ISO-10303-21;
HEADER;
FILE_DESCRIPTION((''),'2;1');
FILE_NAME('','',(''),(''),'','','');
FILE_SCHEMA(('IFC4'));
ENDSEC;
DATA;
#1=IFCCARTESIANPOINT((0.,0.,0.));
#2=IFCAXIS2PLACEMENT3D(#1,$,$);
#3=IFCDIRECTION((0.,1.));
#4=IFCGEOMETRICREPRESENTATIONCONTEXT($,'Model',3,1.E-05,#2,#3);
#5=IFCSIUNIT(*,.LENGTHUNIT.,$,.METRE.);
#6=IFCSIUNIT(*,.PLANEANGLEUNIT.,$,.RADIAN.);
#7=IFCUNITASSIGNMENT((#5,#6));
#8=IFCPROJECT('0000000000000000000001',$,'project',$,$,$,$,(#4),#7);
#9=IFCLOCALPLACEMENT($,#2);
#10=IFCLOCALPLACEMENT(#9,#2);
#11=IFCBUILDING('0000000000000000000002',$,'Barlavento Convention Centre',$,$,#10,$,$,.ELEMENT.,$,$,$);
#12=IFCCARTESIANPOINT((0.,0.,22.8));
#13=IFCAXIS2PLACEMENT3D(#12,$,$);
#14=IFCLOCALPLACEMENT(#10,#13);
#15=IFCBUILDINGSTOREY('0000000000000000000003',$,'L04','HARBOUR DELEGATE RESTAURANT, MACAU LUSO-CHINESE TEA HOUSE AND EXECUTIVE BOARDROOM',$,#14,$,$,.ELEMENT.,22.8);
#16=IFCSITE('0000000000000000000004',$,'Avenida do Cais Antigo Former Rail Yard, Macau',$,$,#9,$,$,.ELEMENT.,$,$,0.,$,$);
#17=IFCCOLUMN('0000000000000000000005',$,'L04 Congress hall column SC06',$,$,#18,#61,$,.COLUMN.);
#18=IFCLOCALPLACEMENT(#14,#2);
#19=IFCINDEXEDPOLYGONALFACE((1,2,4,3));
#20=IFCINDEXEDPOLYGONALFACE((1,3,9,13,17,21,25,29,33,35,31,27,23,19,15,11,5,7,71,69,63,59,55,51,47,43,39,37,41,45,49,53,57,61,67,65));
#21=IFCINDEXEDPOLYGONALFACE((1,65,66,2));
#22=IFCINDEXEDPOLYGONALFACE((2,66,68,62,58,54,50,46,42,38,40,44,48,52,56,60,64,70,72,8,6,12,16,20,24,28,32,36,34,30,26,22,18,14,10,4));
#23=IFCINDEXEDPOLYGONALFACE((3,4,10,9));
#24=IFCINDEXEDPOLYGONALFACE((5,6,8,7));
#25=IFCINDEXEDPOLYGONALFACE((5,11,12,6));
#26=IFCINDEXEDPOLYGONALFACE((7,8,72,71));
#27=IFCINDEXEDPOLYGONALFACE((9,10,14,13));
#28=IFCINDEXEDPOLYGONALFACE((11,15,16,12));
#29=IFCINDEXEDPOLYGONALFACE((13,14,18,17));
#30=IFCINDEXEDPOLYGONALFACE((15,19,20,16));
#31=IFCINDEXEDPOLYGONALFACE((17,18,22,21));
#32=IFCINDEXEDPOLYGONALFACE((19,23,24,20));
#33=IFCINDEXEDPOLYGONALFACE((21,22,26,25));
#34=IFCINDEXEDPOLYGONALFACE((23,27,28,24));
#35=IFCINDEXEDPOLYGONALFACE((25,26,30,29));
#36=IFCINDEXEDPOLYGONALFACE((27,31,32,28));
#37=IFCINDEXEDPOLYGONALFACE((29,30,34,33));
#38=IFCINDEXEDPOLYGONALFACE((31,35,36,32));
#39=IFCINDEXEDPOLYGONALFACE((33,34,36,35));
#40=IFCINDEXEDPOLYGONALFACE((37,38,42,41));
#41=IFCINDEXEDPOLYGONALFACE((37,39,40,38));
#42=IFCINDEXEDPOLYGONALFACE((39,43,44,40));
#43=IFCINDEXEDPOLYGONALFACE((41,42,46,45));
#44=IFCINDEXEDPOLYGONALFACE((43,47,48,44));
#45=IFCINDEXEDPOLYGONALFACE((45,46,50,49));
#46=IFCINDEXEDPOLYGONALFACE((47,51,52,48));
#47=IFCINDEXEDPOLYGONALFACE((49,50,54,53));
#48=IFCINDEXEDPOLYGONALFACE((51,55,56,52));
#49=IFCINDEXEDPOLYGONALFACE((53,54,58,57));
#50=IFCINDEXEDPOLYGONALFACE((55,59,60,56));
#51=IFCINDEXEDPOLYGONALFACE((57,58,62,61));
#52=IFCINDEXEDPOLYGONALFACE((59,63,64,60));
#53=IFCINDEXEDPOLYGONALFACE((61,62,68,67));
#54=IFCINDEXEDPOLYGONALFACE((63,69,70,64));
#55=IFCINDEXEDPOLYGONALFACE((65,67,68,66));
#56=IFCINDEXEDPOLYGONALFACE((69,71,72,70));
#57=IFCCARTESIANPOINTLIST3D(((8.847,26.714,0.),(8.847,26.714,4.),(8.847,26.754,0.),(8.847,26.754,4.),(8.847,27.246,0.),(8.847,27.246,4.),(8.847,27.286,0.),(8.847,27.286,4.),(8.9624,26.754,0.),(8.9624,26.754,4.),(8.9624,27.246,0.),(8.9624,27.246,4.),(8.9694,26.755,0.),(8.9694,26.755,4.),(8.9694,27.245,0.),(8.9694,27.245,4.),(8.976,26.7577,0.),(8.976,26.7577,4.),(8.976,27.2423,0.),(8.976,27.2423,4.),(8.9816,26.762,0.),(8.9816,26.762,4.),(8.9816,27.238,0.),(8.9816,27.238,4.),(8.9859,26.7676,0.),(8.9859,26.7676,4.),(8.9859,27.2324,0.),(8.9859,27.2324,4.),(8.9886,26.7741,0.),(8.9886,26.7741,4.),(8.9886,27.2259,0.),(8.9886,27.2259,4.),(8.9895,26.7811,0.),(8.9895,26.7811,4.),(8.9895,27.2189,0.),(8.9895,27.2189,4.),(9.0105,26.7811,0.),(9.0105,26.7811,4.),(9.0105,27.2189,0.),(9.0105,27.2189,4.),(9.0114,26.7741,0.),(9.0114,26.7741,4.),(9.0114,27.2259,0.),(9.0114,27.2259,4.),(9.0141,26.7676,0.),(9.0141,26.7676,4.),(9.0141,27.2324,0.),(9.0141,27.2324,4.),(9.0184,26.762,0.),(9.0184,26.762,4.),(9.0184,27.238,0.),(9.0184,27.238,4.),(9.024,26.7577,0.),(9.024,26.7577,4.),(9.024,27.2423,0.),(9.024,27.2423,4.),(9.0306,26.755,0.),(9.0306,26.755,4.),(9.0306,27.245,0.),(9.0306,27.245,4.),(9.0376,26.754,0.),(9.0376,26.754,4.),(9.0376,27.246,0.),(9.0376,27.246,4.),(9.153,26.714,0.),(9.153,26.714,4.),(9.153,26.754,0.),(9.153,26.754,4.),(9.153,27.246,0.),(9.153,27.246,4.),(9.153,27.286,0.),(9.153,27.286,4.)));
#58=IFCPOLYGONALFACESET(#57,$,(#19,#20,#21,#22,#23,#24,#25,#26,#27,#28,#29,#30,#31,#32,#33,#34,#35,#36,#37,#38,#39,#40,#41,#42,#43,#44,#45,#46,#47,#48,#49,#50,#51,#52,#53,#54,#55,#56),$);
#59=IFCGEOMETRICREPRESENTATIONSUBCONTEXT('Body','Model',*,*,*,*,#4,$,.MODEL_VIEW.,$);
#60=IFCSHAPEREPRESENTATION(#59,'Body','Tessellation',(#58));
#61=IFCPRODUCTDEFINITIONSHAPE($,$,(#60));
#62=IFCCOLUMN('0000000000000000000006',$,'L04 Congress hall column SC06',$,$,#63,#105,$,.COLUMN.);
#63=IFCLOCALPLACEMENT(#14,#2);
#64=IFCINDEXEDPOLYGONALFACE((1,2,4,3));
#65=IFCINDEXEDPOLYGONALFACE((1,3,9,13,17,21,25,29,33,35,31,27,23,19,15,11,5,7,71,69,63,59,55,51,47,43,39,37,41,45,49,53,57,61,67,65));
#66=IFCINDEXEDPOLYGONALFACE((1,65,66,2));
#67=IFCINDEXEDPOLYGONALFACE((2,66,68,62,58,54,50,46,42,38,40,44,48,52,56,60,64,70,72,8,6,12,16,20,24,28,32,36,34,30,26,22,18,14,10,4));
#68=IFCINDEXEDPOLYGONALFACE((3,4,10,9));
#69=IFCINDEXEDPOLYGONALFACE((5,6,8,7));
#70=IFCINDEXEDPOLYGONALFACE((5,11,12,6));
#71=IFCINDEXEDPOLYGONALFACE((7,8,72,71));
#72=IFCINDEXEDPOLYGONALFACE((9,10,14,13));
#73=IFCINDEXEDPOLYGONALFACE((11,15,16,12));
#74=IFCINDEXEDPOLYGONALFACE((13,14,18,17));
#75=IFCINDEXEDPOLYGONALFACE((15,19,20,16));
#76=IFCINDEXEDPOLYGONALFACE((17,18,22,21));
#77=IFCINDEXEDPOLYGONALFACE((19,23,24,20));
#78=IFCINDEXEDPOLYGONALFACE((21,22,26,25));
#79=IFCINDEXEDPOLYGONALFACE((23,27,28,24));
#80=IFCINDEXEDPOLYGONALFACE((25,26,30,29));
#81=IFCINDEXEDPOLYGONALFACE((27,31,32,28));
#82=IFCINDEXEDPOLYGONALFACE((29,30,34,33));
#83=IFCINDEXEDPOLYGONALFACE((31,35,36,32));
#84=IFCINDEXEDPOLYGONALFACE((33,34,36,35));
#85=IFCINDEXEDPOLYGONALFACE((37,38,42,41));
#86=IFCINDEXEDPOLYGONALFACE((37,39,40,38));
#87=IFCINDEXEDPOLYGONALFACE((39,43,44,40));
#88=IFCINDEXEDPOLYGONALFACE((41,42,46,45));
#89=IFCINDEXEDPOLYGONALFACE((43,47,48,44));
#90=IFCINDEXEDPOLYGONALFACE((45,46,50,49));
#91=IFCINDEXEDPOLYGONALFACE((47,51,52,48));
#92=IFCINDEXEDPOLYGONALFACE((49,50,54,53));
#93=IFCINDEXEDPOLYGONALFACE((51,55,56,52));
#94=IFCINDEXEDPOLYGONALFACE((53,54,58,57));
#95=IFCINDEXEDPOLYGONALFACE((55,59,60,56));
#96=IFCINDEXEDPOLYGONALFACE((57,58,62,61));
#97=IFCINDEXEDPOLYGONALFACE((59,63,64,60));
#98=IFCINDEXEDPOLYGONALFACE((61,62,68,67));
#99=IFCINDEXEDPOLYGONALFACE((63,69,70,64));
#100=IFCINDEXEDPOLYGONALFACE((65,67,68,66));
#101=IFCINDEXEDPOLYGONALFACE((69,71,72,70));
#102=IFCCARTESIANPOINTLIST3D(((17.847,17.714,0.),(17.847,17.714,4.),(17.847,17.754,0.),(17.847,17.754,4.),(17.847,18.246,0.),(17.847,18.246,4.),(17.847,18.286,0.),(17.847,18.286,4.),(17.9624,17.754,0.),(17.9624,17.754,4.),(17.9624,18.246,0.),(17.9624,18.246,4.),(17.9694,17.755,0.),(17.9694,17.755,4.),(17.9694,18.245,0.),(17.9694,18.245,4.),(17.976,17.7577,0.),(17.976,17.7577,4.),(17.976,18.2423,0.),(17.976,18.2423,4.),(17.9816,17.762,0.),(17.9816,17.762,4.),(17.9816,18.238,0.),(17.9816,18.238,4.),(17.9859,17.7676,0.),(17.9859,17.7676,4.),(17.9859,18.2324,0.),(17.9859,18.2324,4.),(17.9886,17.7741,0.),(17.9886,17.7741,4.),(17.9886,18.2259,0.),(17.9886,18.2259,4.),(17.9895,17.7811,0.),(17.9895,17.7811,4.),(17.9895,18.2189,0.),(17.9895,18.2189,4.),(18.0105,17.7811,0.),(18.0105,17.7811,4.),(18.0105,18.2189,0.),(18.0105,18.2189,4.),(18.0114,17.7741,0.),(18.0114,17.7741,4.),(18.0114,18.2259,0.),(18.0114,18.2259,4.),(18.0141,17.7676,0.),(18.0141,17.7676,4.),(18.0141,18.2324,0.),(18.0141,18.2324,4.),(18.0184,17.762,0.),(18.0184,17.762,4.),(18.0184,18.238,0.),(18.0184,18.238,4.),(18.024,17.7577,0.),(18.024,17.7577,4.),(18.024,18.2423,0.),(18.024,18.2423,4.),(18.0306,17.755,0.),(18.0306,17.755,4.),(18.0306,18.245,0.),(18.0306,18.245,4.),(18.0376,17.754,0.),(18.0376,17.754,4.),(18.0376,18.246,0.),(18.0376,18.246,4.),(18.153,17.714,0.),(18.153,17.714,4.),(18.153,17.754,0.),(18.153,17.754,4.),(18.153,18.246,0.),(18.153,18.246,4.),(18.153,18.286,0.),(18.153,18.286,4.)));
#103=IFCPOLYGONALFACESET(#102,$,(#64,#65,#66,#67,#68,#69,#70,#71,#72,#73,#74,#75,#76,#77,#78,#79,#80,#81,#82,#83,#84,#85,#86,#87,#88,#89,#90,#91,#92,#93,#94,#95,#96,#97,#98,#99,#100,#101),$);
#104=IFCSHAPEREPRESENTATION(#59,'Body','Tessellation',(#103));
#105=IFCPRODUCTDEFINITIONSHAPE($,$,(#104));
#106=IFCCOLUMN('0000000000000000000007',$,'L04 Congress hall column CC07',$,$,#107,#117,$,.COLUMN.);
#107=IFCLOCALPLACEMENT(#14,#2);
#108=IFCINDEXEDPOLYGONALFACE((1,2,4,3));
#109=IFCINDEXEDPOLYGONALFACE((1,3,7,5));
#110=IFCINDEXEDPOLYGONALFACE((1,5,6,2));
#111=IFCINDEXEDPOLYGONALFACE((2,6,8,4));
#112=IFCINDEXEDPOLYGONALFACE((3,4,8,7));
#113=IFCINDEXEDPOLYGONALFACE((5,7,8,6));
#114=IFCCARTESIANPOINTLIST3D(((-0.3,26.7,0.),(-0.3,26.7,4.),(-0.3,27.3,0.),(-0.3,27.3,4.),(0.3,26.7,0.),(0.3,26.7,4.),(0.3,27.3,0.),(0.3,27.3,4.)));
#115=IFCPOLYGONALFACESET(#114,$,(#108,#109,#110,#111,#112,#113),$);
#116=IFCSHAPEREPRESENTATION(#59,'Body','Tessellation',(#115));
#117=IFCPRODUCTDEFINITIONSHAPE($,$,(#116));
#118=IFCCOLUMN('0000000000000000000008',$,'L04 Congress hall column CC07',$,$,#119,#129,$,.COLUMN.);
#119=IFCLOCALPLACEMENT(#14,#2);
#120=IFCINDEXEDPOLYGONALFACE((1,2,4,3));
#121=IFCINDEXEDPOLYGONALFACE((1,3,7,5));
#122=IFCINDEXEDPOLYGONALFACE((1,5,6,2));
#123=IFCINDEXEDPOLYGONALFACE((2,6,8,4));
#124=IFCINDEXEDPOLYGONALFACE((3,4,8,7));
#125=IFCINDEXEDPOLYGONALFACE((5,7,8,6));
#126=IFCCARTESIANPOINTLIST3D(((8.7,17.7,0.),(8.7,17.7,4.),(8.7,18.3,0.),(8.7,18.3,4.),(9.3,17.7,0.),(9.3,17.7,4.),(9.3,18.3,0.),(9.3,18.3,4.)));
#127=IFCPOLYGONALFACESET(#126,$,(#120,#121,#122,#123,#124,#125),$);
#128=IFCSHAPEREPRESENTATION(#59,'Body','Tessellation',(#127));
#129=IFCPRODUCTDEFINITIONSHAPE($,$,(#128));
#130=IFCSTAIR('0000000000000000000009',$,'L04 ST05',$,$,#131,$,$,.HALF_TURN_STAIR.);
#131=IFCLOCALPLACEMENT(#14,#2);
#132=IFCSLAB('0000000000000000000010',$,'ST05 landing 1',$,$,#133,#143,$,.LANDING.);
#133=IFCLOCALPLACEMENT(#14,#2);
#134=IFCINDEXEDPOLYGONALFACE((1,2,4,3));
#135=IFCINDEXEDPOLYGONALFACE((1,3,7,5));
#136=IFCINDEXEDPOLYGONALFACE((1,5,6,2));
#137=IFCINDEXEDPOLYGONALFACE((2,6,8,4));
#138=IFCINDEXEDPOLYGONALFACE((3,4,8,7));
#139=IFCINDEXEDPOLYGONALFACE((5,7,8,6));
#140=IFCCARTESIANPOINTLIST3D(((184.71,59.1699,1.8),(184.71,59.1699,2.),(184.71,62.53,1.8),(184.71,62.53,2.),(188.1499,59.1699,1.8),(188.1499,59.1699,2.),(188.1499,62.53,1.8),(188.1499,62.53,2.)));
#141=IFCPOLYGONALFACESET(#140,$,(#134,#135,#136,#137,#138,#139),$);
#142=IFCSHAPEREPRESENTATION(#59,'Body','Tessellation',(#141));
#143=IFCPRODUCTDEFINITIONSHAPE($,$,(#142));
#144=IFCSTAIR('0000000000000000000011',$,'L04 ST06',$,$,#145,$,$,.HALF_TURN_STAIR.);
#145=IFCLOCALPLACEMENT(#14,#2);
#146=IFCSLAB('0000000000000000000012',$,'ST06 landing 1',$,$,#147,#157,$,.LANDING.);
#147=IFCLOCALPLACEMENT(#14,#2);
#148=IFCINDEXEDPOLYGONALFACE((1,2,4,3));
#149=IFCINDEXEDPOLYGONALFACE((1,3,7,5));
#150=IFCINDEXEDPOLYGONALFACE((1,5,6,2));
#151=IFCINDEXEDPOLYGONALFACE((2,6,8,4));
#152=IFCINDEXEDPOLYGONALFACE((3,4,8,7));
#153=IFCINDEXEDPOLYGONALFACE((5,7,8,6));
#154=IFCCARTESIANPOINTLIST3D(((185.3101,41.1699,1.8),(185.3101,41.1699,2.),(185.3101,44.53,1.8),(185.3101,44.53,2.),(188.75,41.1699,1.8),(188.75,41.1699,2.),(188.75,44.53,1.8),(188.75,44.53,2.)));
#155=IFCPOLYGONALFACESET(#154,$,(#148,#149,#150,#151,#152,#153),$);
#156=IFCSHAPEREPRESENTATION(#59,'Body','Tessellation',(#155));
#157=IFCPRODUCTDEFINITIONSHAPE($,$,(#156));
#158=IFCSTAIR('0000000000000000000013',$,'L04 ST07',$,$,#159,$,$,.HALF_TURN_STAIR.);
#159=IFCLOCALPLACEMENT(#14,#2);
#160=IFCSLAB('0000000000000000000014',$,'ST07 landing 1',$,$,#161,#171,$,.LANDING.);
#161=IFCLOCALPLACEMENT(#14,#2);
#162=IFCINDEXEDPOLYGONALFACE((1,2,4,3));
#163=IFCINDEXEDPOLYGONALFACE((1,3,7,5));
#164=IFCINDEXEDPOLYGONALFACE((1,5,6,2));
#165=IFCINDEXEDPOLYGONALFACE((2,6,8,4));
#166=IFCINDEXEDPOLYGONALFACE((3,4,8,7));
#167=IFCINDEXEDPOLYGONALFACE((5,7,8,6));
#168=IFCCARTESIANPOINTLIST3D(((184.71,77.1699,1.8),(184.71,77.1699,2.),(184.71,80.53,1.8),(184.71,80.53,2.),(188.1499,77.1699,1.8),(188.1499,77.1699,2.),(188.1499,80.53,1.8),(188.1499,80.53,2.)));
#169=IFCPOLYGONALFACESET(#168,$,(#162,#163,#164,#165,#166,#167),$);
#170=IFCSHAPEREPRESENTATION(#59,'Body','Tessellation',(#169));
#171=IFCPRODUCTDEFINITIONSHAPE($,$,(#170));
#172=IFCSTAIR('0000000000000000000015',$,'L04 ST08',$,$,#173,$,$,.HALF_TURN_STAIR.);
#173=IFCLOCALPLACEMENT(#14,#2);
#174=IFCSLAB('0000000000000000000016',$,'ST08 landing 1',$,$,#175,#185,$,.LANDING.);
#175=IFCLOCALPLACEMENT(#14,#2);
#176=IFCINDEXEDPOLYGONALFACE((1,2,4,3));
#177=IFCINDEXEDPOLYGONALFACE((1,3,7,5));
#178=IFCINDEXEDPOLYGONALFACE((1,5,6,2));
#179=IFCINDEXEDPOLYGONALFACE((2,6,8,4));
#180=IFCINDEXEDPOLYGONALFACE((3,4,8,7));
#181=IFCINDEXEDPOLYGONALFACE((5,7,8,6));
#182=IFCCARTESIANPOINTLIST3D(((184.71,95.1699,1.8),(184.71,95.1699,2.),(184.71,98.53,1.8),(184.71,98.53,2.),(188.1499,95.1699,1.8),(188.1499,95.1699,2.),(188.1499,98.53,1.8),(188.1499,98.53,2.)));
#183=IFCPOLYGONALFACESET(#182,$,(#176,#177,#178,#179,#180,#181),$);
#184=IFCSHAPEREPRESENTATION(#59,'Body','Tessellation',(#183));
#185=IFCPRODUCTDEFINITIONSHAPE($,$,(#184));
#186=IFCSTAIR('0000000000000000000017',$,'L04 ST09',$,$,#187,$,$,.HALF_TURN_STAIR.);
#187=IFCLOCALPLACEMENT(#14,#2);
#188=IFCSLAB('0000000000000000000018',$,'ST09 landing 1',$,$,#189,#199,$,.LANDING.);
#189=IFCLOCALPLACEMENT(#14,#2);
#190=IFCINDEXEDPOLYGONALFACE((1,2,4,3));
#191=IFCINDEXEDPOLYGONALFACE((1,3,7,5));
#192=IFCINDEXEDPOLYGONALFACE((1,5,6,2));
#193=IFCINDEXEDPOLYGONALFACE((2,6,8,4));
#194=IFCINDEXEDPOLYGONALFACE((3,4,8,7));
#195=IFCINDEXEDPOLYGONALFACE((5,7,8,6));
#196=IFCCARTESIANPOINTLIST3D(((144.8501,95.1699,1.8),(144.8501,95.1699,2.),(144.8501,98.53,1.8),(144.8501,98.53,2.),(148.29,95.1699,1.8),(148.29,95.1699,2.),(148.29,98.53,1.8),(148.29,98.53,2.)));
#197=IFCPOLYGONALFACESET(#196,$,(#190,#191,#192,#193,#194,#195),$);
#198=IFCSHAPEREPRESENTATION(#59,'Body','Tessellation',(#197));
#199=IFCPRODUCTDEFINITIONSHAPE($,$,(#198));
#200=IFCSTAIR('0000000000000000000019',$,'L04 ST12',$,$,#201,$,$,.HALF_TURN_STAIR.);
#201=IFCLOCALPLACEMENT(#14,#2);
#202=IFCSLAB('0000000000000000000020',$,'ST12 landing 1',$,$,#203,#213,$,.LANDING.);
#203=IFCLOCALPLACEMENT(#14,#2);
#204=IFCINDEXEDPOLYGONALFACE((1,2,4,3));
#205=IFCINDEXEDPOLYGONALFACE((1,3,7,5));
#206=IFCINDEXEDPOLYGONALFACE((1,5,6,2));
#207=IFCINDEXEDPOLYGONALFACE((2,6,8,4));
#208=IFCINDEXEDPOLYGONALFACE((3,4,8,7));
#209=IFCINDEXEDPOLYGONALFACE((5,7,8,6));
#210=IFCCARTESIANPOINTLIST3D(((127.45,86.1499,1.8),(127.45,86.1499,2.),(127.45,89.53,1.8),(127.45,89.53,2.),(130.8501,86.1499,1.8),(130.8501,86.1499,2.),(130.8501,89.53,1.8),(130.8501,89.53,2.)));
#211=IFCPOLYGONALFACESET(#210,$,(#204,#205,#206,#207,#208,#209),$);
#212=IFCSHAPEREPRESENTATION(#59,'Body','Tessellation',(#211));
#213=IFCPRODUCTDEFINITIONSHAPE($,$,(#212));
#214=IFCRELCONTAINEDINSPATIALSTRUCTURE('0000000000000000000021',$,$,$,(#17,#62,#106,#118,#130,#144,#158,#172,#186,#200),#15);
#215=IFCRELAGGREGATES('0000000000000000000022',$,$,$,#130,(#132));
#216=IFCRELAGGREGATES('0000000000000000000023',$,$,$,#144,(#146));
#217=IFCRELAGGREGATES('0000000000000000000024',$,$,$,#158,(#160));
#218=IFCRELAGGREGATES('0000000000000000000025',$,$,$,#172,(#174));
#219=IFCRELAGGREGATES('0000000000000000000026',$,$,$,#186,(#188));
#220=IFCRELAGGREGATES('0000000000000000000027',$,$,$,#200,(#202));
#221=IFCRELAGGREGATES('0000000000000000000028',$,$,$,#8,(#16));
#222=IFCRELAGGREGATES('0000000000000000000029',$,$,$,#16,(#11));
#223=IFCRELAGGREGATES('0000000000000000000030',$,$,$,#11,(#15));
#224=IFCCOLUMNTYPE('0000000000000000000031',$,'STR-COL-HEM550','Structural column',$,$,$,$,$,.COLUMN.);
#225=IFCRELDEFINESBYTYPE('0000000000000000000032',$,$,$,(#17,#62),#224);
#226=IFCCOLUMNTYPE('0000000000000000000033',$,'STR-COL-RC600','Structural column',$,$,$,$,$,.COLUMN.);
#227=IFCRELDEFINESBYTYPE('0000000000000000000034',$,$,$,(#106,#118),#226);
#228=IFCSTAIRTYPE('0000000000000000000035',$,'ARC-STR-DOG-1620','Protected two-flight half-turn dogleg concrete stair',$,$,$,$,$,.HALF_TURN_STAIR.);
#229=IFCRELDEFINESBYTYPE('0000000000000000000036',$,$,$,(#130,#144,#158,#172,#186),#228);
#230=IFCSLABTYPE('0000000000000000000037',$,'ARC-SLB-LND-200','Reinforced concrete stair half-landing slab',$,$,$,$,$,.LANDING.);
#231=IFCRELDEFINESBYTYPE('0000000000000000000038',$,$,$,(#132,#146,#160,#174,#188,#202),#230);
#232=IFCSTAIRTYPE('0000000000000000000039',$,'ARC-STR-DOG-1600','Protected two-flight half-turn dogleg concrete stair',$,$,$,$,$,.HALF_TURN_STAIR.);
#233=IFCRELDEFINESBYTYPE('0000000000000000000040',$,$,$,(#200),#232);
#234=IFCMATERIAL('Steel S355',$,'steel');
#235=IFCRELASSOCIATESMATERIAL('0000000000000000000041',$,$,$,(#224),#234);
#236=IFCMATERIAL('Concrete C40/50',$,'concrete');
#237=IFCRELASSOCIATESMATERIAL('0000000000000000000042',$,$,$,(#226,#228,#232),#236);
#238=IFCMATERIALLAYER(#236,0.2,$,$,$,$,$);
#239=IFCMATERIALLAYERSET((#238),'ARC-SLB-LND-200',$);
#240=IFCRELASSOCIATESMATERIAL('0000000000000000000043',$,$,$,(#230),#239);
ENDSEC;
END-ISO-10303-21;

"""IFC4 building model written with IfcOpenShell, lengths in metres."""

from ifc_helpers import new_model, si_unit, direction, frame, origin, origin_2d, place, context, subcontext, project, spatial, polyline, rectangle, i_section, outline, extrude, material, layer, layer_set, material_profile, profile_set, type_object, element, aggregate, save


model = new_model("IFC4")

# Units and contexts
model_context = context("Model", 3, precision=1e-05, world=origin(), true_north=direction((0.0, 1.0)))
body_context = subcontext(model_context, "Body", "Model", "MODEL_VIEW")
ifc_project = project(units=[si_unit("LENGTHUNIT", "METRE"), si_unit("PLANEANGLEUNIT", "RADIAN")], contexts=[model_context])

# Site, building, storey
site_placement = place(None, origin())
site = spatial("IfcSite", under=ifc_project, at=site_placement, Name="Avenida do Cais Antigo Former Rail Yard, Macau", CompositionType="ELEMENT", RefElevation=0.0)
building_placement = place(site_placement, origin())
building = spatial("IfcBuilding", under=site, at=building_placement, Name="Barlavento Convention Centre", CompositionType="ELEMENT")
storey_placement = place(building_placement, frame((0.0, 0.0, 22.8)))
storey = spatial("IfcBuildingStorey", under=building, at=storey_placement, Name="L04", Description="HARBOUR DELEGATE RESTAURANT, MACAU LUSO-CHINESE TEA HOUSE AND EXECUTIVE BOARDROOM", CompositionType="ELEMENT", Elevation=22.8)

# Columns
ifc_material_1 = material(Name="Steel S355", Category="steel")
ifc_material_profile_1 = material_profile(ifc_material_1, i_section(OverallWidth=0.3059, OverallDepth=0.572, WebThickness=0.021, FlangeThickness=0.04, FilletRadius=0.0271, at=origin_2d()), Name="HEM 550")
ifc_profile_set_1 = profile_set([ifc_material_profile_1], Name="Steel S355")
column_type_1 = type_object("IfcColumnType", Name="STR-COL-HEM550", Description="Structural column", PredefinedType="COLUMN", material=ifc_profile_set_1)
for number, where, z_axis, x_axis, name in (
    (1, (9.0, 27.0, 0.0), (0.0, 0.0, 1.0), (1.0, 0.0, 0.0), "L04 Congress hall column SC06"),
    (2, (18.0, 18.0, 0.0), (0.0, 0.0, 1.0), (1.0, 0.0, 0.0), "L04 Congress hall column SC06"),
):
    element("IfcColumn", number, at=place(storey_placement, frame(where, z_axis=z_axis, x_axis=x_axis)), inside=storey, type_object=column_type_1, Name=name, PredefinedType="COLUMN", context=body_context, shape_type="SweptSolid", body=[
        extrude(i_section(OverallWidth=0.3059, OverallDepth=0.572, WebThickness=0.021, FlangeThickness=0.04, FilletRadius=0.0271, at=origin_2d()), origin(), (0.0, 0.0, 1.0), 4.0),
    ])
ifc_material_2 = material(Name="Concrete C40/50", Category="concrete")
ifc_material_profile_2 = material_profile(ifc_material_2, rectangle(XDim=0.6001, YDim=0.6001, at=origin_2d()), Name="RC 600x600")
ifc_profile_set_2 = profile_set([ifc_material_profile_2], Name="Concrete C40/50")
column_type_2 = type_object("IfcColumnType", Name="STR-COL-RC600", Description="Structural column", PredefinedType="COLUMN", material=ifc_profile_set_2)
for number, where, z_axis, x_axis, name in (
    (3, (0.0, 27.0, 0.0), (0.0, 0.0, 1.0), (1.0, 0.0, 0.0), "L04 Congress hall column CC07"),
    (4, (9.0, 18.0, 0.0), (0.0, 0.0, 1.0), (1.0, 0.0, 0.0), "L04 Congress hall column CC07"),
):
    element("IfcColumn", number, at=place(storey_placement, frame(where, z_axis=z_axis, x_axis=x_axis)), inside=storey, type_object=column_type_2, Name=name, PredefinedType="COLUMN", context=body_context, shape_type="SweptSolid", body=[
        extrude(rectangle(XDim=0.6001, YDim=0.6001, at=origin_2d()), origin(), (0.0, 0.0, 1.0), 4.0),
    ])

# Stairs, slabs
stair_type_1 = type_object("IfcStairType", Name="ARC-STR-DOG-1620", Description="Protected two-flight half-turn dogleg concrete stair", PredefinedType="HALF_TURN_STAIR", material=ifc_material_2)
stair_1_placement = place(storey_placement, origin())
stair_1 = element("IfcStair", 5, at=stair_1_placement, inside=storey, type_object=stair_type_1, Name="L04 ST05", PredefinedType="HALF_TURN_STAIR")
ifc_layer_1 = layer(ifc_material_2, 0.2)
ifc_layer_set_1 = layer_set([ifc_layer_1], Name="ARC-SLB-LND-200")
slab_type = type_object("IfcSlabType", Name="ARC-SLB-LND-200", Description="Reinforced concrete stair half-landing slab", PredefinedType="LANDING", material=ifc_layer_set_1)
slab_1_placement = place(storey_placement, frame((0.0, 0.0, 1.8)))
slab_1 = element("IfcSlab", 6, at=slab_1_placement, type_object=slab_type, Name="ST05 landing 1", PredefinedType="LANDING", context=body_context, shape_type="SweptSolid", body=[
    extrude(outline(polyline([(188.1499, 59.1699), (188.1499, 62.53), (184.71, 62.53), (184.71, 59.1699), (188.1499, 59.1699)])), origin(), (0.0, 0.0, 1.0), 0.2),
])
aggregate(stair_1, [slab_1])
stair_2_placement = place(storey_placement, origin())
stair_2 = element("IfcStair", 7, at=stair_2_placement, inside=storey, type_object=stair_type_1, Name="L04 ST06", PredefinedType="HALF_TURN_STAIR")
slab_2_placement = place(storey_placement, frame((0.0, 0.0, 1.8)))
slab_2 = element("IfcSlab", 8, at=slab_2_placement, type_object=slab_type, Name="ST06 landing 1", PredefinedType="LANDING", context=body_context, shape_type="SweptSolid", body=[
    extrude(outline(polyline([(188.75, 41.1699), (188.75, 44.53), (185.3101, 44.53), (185.3101, 41.1699), (188.75, 41.1699)])), origin(), (0.0, 0.0, 1.0), 0.2),
])
aggregate(stair_2, [slab_2])
stair_3_placement = place(storey_placement, origin())
stair_3 = element("IfcStair", 9, at=stair_3_placement, inside=storey, type_object=stair_type_1, Name="L04 ST07", PredefinedType="HALF_TURN_STAIR")
slab_3_placement = place(storey_placement, frame((0.0, 0.0, 1.8)))
slab_3 = element("IfcSlab", 10, at=slab_3_placement, type_object=slab_type, Name="ST07 landing 1", PredefinedType="LANDING", context=body_context, shape_type="SweptSolid", body=[
    extrude(outline(polyline([(188.1499, 77.1699), (188.1499, 80.53), (184.71, 80.53), (184.71, 77.1699), (188.1499, 77.1699)])), origin(), (0.0, 0.0, 1.0), 0.2),
])
aggregate(stair_3, [slab_3])
stair_4_placement = place(storey_placement, origin())
stair_4 = element("IfcStair", 11, at=stair_4_placement, inside=storey, type_object=stair_type_1, Name="L04 ST08", PredefinedType="HALF_TURN_STAIR")
slab_4_placement = place(storey_placement, frame((0.0, 0.0, 1.8)))
slab_4 = element("IfcSlab", 12, at=slab_4_placement, type_object=slab_type, Name="ST08 landing 1", PredefinedType="LANDING", context=body_context, shape_type="SweptSolid", body=[
    extrude(outline(polyline([(188.1499, 95.1699), (188.1499, 98.53), (184.71, 98.53), (184.71, 95.1699), (188.1499, 95.1699)])), origin(), (0.0, 0.0, 1.0), 0.2),
])
aggregate(stair_4, [slab_4])
stair_5_placement = place(storey_placement, origin())
stair_5 = element("IfcStair", 13, at=stair_5_placement, inside=storey, type_object=stair_type_1, Name="L04 ST09", PredefinedType="HALF_TURN_STAIR")
slab_5_placement = place(storey_placement, frame((0.0, 0.0, 1.8)))
slab_5 = element("IfcSlab", 14, at=slab_5_placement, type_object=slab_type, Name="ST09 landing 1", PredefinedType="LANDING", context=body_context, shape_type="SweptSolid", body=[
    extrude(outline(polyline([(148.29, 95.1699), (148.29, 98.53), (144.8501, 98.53), (144.8501, 95.1699), (148.29, 95.1699)])), origin(), (0.0, 0.0, 1.0), 0.2),
])
aggregate(stair_5, [slab_5])
stair_type_2 = type_object("IfcStairType", Name="ARC-STR-DOG-1600", Description="Protected two-flight half-turn dogleg concrete stair", PredefinedType="HALF_TURN_STAIR", material=ifc_material_2)
stair_6_placement = place(storey_placement, origin())
stair_6 = element("IfcStair", 15, at=stair_6_placement, inside=storey, type_object=stair_type_2, Name="L04 ST12", PredefinedType="HALF_TURN_STAIR")
slab_6_placement = place(storey_placement, frame((0.0, 0.0, 1.8)))
slab_6 = element("IfcSlab", 16, at=slab_6_placement, type_object=slab_type, Name="ST12 landing 1", PredefinedType="LANDING", context=body_context, shape_type="SweptSolid", body=[
    extrude(outline(polyline([(130.8501, 86.1499), (130.8501, 89.53), (127.45, 89.53), (127.45, 86.1499), (130.8501, 86.1499)])), origin(), (0.0, 0.0, 1.0), 0.2),
])
aggregate(stair_6, [slab_6])

save(model, "model.ifc")
